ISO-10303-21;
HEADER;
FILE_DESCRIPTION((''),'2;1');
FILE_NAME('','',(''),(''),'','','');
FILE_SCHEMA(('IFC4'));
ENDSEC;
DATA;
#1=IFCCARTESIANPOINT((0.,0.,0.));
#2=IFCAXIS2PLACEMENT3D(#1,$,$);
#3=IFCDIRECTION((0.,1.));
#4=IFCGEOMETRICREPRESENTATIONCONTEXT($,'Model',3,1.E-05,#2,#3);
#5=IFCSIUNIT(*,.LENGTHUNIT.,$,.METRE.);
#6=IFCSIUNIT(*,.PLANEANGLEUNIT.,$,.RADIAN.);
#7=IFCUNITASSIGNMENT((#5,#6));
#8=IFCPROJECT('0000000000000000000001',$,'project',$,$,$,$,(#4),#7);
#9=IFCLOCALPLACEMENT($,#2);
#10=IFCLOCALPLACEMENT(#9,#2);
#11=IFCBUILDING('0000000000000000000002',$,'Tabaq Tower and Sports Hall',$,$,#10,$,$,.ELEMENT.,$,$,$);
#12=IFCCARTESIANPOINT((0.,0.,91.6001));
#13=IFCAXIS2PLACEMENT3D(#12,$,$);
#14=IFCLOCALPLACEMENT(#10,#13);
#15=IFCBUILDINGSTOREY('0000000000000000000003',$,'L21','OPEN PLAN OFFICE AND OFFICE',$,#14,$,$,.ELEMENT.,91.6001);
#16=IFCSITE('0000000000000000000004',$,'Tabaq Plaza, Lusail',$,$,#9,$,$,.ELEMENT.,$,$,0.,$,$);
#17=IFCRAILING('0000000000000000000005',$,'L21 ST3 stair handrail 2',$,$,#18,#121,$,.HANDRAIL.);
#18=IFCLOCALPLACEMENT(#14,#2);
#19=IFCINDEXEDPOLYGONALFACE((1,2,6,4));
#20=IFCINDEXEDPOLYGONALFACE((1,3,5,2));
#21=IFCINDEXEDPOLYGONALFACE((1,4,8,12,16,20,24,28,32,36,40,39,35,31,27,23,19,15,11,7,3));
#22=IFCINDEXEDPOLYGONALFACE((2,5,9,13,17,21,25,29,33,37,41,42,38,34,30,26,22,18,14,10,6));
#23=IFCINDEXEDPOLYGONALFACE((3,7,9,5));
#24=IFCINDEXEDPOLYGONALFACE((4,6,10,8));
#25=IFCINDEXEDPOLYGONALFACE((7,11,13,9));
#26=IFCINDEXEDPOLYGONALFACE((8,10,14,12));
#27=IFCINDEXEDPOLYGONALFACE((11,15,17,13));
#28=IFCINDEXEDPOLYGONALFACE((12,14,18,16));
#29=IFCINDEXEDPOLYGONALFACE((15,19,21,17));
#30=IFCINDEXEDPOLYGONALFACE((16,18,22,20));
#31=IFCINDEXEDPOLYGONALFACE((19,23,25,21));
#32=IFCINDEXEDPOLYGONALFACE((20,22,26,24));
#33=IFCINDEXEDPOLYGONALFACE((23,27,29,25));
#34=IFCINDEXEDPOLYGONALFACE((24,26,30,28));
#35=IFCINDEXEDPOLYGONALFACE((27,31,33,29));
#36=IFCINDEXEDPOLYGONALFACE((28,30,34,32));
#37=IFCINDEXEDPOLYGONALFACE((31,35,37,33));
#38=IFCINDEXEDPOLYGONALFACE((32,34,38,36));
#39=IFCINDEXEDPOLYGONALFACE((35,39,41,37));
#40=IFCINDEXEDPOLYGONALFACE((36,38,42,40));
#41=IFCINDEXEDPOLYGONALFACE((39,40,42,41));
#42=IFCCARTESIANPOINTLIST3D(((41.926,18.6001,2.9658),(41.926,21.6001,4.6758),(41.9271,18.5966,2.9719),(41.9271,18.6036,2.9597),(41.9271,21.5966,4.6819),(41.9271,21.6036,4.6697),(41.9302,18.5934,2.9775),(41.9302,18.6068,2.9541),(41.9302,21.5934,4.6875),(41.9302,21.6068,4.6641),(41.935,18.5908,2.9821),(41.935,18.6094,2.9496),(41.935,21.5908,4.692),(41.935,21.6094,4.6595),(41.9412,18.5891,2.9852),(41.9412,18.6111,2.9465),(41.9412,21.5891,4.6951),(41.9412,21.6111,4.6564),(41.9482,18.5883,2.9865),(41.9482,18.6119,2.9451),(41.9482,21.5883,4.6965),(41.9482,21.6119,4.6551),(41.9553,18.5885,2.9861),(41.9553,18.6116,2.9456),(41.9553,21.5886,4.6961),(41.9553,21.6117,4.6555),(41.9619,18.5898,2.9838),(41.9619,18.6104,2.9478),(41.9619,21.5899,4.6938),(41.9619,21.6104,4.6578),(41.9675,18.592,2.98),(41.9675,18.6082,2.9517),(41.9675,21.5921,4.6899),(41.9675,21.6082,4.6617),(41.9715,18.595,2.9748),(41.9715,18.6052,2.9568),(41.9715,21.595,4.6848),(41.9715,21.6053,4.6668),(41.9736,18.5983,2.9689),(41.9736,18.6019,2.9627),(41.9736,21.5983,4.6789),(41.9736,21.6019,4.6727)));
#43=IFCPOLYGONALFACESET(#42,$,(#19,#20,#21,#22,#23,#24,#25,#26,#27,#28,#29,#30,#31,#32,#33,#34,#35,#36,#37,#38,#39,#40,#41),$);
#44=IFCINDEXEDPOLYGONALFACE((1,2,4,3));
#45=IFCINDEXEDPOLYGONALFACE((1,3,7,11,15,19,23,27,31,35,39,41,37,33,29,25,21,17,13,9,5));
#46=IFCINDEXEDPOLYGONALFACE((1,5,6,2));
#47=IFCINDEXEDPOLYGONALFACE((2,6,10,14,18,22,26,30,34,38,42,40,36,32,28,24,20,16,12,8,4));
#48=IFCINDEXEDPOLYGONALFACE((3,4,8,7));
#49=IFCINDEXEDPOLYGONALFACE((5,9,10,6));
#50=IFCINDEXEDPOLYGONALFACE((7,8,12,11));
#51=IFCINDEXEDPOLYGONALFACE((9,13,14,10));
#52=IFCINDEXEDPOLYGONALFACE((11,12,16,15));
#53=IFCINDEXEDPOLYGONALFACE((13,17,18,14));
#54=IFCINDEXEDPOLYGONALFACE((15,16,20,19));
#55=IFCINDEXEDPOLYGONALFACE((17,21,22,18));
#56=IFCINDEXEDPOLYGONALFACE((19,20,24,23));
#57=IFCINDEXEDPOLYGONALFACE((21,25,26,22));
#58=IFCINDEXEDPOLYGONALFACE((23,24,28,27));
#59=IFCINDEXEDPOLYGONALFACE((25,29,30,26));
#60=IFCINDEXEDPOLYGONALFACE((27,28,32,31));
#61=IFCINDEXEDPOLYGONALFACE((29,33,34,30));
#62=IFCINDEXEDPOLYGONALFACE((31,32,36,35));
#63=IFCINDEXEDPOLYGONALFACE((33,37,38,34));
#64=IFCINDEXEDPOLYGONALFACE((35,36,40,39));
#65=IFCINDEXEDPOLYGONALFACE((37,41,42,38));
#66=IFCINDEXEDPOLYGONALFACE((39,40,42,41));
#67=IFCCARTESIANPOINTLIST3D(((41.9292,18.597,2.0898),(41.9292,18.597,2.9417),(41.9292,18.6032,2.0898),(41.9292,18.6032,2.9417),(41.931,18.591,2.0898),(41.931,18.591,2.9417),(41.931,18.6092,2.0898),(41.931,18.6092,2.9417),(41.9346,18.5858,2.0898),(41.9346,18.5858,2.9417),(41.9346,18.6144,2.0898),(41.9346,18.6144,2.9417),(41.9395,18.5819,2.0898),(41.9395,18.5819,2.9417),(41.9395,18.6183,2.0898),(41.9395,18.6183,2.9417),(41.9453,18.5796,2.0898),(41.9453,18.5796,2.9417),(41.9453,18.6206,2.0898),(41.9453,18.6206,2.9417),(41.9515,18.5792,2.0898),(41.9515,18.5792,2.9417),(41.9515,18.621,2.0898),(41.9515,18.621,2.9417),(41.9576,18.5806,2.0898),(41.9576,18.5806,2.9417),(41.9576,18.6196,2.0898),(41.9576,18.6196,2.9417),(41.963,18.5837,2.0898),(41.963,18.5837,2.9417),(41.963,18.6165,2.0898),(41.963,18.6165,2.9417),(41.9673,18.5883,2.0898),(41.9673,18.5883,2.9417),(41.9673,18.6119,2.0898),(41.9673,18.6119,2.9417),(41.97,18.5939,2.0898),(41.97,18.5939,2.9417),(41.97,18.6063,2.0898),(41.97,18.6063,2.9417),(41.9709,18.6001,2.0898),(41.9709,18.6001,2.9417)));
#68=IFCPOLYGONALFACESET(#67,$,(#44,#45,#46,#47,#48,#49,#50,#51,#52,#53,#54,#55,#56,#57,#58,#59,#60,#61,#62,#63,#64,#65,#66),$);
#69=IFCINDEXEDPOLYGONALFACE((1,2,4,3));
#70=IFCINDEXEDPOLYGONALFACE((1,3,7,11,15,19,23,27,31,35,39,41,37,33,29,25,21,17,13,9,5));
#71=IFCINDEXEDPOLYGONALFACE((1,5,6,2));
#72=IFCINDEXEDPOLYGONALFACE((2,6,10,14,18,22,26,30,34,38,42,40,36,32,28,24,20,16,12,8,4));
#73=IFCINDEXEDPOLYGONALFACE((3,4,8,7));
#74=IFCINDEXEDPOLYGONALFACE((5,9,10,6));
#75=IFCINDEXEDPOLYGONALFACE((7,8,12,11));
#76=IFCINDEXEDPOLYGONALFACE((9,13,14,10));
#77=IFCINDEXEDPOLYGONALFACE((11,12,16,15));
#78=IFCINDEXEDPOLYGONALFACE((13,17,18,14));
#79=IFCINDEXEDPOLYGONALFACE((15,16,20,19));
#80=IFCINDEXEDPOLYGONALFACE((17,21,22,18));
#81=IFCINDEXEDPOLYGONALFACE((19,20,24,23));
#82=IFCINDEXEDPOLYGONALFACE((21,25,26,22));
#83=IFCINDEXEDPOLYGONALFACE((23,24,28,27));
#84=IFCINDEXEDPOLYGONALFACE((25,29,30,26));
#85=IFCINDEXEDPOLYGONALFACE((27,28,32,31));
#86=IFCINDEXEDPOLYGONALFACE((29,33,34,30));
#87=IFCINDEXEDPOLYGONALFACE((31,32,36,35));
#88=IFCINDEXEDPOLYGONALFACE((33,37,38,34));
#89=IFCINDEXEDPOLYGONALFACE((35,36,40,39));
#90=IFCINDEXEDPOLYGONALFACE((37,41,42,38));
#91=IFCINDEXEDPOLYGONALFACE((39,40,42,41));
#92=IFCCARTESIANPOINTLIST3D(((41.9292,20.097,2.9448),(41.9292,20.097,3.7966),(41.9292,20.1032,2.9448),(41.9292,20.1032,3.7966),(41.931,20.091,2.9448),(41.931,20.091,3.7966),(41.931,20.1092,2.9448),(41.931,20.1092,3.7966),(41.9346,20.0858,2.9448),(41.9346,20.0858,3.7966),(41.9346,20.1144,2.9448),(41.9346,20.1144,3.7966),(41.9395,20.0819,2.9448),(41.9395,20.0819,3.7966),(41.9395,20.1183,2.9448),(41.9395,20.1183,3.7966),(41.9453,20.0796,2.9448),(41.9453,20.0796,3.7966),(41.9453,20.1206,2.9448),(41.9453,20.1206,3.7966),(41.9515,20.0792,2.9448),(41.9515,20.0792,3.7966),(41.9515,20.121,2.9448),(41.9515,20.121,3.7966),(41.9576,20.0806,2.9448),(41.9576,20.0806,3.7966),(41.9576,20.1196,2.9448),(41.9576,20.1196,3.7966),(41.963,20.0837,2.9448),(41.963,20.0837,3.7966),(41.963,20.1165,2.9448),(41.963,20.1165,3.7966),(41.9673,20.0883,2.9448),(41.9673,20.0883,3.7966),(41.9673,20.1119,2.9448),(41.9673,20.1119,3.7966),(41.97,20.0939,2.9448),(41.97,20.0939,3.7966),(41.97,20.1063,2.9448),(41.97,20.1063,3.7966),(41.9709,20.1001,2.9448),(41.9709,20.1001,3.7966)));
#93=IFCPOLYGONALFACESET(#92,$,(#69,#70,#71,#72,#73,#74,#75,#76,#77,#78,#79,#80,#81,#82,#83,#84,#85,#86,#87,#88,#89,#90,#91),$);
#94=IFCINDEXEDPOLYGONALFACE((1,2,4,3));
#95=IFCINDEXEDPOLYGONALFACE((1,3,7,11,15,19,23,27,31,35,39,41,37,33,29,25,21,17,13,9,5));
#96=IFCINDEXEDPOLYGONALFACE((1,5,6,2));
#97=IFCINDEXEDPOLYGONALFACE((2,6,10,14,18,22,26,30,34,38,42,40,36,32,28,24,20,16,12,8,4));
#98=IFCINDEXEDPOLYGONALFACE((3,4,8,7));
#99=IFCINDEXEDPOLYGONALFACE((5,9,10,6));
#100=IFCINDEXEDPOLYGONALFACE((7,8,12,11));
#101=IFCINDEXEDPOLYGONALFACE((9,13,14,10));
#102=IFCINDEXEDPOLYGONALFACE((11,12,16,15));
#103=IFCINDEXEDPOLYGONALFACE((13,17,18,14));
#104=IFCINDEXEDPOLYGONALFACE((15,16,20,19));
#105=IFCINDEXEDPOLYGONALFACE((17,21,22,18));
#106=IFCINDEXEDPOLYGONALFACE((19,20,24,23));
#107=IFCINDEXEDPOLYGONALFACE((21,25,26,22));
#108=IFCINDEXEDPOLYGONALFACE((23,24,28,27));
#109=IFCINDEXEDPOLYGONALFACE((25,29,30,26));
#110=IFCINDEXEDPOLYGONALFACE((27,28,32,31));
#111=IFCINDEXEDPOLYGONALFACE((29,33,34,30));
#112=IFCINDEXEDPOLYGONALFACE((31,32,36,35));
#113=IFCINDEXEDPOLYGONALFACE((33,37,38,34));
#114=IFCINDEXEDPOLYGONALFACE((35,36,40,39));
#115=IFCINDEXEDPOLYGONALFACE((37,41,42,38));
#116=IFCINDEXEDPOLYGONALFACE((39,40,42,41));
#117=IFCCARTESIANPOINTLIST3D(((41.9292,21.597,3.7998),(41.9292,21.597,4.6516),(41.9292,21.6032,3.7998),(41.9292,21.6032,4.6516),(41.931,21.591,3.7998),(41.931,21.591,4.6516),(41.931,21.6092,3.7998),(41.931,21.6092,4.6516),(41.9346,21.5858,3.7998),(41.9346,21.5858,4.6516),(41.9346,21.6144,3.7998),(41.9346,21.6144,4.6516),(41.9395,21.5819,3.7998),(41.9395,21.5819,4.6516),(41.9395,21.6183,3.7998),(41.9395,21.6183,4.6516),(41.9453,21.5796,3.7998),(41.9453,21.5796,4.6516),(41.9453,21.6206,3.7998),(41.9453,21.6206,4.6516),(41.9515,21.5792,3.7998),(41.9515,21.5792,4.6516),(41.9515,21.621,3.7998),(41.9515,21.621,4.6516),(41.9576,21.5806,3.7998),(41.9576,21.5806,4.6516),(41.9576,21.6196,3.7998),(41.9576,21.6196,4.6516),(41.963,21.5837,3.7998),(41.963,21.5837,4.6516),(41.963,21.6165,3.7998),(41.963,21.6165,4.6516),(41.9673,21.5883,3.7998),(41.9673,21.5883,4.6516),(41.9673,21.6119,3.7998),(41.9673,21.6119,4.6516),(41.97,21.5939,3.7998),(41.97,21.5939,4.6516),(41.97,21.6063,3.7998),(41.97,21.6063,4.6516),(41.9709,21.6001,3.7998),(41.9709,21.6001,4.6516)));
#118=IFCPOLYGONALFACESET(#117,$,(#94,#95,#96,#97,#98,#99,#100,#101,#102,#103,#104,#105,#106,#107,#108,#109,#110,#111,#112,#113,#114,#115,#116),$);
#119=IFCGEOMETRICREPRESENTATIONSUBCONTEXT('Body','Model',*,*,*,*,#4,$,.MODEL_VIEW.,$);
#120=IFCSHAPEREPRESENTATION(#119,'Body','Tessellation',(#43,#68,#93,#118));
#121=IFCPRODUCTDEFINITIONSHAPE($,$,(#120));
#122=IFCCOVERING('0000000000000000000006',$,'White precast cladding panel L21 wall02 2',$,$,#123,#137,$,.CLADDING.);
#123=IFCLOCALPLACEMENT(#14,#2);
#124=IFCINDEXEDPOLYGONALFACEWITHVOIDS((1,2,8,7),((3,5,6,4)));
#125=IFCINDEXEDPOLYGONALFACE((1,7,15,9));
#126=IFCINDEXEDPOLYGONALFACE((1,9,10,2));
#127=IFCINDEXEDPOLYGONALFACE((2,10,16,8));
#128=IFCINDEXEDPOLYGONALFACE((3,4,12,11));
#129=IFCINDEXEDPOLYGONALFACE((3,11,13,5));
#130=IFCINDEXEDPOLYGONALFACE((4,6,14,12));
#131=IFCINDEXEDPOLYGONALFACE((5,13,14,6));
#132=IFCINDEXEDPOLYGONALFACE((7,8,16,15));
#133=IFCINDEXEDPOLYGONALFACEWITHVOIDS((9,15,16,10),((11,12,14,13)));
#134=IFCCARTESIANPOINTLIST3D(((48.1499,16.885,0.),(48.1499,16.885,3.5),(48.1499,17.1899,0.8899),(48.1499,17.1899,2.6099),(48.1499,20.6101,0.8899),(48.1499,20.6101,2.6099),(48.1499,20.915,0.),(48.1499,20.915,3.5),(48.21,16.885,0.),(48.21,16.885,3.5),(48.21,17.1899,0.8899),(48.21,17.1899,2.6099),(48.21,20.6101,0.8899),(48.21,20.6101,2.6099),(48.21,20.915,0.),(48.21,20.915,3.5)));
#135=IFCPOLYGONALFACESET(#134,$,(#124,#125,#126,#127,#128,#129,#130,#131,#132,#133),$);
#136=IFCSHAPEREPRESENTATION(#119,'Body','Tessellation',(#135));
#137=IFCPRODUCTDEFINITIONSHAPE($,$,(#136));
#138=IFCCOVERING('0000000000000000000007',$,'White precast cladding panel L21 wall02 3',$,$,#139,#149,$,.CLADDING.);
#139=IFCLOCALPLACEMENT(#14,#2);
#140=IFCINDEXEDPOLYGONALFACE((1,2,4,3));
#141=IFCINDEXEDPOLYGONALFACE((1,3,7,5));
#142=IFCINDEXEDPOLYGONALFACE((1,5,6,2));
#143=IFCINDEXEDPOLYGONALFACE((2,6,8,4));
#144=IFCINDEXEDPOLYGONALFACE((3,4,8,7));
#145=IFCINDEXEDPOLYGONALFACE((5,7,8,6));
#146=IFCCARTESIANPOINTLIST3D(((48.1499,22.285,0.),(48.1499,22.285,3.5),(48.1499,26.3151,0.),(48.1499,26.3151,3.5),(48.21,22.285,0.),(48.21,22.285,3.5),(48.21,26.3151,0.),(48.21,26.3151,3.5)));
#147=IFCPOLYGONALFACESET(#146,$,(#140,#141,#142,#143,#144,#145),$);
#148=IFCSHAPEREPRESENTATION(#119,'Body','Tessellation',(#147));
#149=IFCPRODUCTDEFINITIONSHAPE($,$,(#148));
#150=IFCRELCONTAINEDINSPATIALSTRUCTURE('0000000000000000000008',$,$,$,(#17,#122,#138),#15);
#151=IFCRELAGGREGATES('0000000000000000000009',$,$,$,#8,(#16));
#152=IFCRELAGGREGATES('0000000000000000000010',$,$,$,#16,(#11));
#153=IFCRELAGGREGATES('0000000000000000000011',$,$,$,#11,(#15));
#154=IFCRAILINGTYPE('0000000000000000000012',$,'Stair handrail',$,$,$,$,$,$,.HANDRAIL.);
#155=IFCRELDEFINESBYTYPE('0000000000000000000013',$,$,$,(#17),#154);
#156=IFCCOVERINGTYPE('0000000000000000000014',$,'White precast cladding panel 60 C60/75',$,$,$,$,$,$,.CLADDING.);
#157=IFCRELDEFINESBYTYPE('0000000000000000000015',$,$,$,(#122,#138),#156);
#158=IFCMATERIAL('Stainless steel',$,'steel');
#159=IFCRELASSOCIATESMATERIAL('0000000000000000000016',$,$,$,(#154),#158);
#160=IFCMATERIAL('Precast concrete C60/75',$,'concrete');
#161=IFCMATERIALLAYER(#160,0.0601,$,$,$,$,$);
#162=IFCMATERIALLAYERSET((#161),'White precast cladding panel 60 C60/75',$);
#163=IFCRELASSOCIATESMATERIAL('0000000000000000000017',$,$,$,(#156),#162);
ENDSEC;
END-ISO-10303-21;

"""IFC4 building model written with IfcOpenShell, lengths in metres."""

from ifc_helpers import new_model, si_unit, direction, frame, frame_2d, origin, origin_2d, place, context, subcontext, project, spatial, polyline, rectangle, circle, outline, extrude, material, layer, layer_set, type_object, element, save


model = new_model("IFC4")

# Units and contexts
model_context = context("Model", 3, precision=1e-05, world=origin(), true_north=direction((0.0, 1.0)))
body_context = subcontext(model_context, "Body", "Model", "MODEL_VIEW")
ifc_project = project(units=[si_unit("LENGTHUNIT", "METRE"), si_unit("PLANEANGLEUNIT", "RADIAN")], contexts=[model_context])

# Site, building, storey
site_placement = place(None, origin())
site = spatial("IfcSite", under=ifc_project, at=site_placement, Name="Tabaq Plaza, Lusail", CompositionType="ELEMENT", RefElevation=0.0)
building_placement = place(site_placement, origin())
building = spatial("IfcBuilding", under=site, at=building_placement, Name="Tabaq Tower and Sports Hall", CompositionType="ELEMENT")
storey_placement = place(building_placement, frame((0.0, 0.0, 91.6001)))
storey = spatial("IfcBuildingStorey", under=building, at=storey_placement, Name="L21", Description="OPEN PLAN OFFICE AND OFFICE", CompositionType="ELEMENT", Elevation=91.6001)

# Railing
ifc_material_1 = material(Name="Stainless steel", Category="steel")
railing_type_1 = type_object("IfcRailingType", Name="Stair handrail", PredefinedType="HANDRAIL", material=ifc_material_1)
railing_1_placement = place(storey_placement, frame((41.95, 18.6001, 2.0898)))
element("IfcRailing", 1, at=railing_1_placement, inside=storey, type_object=railing_type_1, Name="L21 ST3 stair handrail 2", PredefinedType="HANDRAIL", context=body_context, shape_type="SweptSolid", body=[
    extrude(circle(Radius=0.0239, at=origin_2d()), frame((0.0, 0.0, 0.876), z_axis=(0.0, 0.868782, 0.495195), x_axis=(-1.0, 0.0, 0.0)), (0.0, 0.0, 1.0), 3.4531),
    extrude(circle(Radius=0.021, at=origin_2d()), origin(), (0.0, 0.0, 1.0), 0.8518),
    extrude(circle(Radius=0.021, at=origin_2d()), frame((0.0, 1.5, 0.855)), (0.0, 0.0, 1.0), 0.8518),
    extrude(circle(Radius=0.021, at=origin_2d()), frame((0.0, 3.0, 1.71)), (0.0, 0.0, 1.0), 0.8518),
])

# Coverings
ifc_material_2 = material(Name="Precast concrete C60/75", Category="concrete")
ifc_layer_1 = layer(ifc_material_2, 0.0601)
ifc_layer_set_1 = layer_set([ifc_layer_1], Name="White precast cladding panel 60 C60/75")
covering_type_1 = type_object("IfcCoveringType", Name="White precast cladding panel 60 C60/75", PredefinedType="CLADDING", material=ifc_layer_set_1)
covering_1_placement = place(storey_placement, frame((48.1799, 16.885, 0.0), z_axis=(0.0, 0.0, 1.0), x_axis=(0.0, 1.0, 0.0)))
element("IfcCovering", 2, at=covering_1_placement, inside=storey, type_object=covering_type_1, Name="White precast cladding panel L21 wall02 2", PredefinedType="CLADDING", context=body_context, shape_type="SweptSolid", body=[
    extrude(outline(polyline([(0.0, 0.0), (4.03, 0.0), (4.03, 3.5), (0.0, 3.5), (0.0, 0.0)]), holes=[polyline([(0.3049, 0.8899), (0.3049, 2.6099), (3.7251, 2.6099), (3.7251, 0.8899), (0.3049, 0.8899)])]), frame((0.0, 0.03, 0.0), z_axis=(0.0, -1.0, 0.0), x_axis=(1.0, 0.0, 0.0)), (0.0, 0.0, 1.0), 0.0601),
])
covering_2_placement = place(storey_placement, frame((48.1799, 22.2849, 0.0), z_axis=(0.0, 0.0, 1.0), x_axis=(0.0, 1.0, 0.0)))
element("IfcCovering", 3, at=covering_2_placement, inside=storey, type_object=covering_type_1, Name="White precast cladding panel L21 wall02 3", PredefinedType="CLADDING", context=body_context, shape_type="SweptSolid", body=[
    extrude(rectangle(XDim=4.03, YDim=0.0601, at=frame_2d((2.0151, 0.0))), origin(), (0.0, 0.0, 1.0), 3.5),
])

save(model, "model.ifc")
